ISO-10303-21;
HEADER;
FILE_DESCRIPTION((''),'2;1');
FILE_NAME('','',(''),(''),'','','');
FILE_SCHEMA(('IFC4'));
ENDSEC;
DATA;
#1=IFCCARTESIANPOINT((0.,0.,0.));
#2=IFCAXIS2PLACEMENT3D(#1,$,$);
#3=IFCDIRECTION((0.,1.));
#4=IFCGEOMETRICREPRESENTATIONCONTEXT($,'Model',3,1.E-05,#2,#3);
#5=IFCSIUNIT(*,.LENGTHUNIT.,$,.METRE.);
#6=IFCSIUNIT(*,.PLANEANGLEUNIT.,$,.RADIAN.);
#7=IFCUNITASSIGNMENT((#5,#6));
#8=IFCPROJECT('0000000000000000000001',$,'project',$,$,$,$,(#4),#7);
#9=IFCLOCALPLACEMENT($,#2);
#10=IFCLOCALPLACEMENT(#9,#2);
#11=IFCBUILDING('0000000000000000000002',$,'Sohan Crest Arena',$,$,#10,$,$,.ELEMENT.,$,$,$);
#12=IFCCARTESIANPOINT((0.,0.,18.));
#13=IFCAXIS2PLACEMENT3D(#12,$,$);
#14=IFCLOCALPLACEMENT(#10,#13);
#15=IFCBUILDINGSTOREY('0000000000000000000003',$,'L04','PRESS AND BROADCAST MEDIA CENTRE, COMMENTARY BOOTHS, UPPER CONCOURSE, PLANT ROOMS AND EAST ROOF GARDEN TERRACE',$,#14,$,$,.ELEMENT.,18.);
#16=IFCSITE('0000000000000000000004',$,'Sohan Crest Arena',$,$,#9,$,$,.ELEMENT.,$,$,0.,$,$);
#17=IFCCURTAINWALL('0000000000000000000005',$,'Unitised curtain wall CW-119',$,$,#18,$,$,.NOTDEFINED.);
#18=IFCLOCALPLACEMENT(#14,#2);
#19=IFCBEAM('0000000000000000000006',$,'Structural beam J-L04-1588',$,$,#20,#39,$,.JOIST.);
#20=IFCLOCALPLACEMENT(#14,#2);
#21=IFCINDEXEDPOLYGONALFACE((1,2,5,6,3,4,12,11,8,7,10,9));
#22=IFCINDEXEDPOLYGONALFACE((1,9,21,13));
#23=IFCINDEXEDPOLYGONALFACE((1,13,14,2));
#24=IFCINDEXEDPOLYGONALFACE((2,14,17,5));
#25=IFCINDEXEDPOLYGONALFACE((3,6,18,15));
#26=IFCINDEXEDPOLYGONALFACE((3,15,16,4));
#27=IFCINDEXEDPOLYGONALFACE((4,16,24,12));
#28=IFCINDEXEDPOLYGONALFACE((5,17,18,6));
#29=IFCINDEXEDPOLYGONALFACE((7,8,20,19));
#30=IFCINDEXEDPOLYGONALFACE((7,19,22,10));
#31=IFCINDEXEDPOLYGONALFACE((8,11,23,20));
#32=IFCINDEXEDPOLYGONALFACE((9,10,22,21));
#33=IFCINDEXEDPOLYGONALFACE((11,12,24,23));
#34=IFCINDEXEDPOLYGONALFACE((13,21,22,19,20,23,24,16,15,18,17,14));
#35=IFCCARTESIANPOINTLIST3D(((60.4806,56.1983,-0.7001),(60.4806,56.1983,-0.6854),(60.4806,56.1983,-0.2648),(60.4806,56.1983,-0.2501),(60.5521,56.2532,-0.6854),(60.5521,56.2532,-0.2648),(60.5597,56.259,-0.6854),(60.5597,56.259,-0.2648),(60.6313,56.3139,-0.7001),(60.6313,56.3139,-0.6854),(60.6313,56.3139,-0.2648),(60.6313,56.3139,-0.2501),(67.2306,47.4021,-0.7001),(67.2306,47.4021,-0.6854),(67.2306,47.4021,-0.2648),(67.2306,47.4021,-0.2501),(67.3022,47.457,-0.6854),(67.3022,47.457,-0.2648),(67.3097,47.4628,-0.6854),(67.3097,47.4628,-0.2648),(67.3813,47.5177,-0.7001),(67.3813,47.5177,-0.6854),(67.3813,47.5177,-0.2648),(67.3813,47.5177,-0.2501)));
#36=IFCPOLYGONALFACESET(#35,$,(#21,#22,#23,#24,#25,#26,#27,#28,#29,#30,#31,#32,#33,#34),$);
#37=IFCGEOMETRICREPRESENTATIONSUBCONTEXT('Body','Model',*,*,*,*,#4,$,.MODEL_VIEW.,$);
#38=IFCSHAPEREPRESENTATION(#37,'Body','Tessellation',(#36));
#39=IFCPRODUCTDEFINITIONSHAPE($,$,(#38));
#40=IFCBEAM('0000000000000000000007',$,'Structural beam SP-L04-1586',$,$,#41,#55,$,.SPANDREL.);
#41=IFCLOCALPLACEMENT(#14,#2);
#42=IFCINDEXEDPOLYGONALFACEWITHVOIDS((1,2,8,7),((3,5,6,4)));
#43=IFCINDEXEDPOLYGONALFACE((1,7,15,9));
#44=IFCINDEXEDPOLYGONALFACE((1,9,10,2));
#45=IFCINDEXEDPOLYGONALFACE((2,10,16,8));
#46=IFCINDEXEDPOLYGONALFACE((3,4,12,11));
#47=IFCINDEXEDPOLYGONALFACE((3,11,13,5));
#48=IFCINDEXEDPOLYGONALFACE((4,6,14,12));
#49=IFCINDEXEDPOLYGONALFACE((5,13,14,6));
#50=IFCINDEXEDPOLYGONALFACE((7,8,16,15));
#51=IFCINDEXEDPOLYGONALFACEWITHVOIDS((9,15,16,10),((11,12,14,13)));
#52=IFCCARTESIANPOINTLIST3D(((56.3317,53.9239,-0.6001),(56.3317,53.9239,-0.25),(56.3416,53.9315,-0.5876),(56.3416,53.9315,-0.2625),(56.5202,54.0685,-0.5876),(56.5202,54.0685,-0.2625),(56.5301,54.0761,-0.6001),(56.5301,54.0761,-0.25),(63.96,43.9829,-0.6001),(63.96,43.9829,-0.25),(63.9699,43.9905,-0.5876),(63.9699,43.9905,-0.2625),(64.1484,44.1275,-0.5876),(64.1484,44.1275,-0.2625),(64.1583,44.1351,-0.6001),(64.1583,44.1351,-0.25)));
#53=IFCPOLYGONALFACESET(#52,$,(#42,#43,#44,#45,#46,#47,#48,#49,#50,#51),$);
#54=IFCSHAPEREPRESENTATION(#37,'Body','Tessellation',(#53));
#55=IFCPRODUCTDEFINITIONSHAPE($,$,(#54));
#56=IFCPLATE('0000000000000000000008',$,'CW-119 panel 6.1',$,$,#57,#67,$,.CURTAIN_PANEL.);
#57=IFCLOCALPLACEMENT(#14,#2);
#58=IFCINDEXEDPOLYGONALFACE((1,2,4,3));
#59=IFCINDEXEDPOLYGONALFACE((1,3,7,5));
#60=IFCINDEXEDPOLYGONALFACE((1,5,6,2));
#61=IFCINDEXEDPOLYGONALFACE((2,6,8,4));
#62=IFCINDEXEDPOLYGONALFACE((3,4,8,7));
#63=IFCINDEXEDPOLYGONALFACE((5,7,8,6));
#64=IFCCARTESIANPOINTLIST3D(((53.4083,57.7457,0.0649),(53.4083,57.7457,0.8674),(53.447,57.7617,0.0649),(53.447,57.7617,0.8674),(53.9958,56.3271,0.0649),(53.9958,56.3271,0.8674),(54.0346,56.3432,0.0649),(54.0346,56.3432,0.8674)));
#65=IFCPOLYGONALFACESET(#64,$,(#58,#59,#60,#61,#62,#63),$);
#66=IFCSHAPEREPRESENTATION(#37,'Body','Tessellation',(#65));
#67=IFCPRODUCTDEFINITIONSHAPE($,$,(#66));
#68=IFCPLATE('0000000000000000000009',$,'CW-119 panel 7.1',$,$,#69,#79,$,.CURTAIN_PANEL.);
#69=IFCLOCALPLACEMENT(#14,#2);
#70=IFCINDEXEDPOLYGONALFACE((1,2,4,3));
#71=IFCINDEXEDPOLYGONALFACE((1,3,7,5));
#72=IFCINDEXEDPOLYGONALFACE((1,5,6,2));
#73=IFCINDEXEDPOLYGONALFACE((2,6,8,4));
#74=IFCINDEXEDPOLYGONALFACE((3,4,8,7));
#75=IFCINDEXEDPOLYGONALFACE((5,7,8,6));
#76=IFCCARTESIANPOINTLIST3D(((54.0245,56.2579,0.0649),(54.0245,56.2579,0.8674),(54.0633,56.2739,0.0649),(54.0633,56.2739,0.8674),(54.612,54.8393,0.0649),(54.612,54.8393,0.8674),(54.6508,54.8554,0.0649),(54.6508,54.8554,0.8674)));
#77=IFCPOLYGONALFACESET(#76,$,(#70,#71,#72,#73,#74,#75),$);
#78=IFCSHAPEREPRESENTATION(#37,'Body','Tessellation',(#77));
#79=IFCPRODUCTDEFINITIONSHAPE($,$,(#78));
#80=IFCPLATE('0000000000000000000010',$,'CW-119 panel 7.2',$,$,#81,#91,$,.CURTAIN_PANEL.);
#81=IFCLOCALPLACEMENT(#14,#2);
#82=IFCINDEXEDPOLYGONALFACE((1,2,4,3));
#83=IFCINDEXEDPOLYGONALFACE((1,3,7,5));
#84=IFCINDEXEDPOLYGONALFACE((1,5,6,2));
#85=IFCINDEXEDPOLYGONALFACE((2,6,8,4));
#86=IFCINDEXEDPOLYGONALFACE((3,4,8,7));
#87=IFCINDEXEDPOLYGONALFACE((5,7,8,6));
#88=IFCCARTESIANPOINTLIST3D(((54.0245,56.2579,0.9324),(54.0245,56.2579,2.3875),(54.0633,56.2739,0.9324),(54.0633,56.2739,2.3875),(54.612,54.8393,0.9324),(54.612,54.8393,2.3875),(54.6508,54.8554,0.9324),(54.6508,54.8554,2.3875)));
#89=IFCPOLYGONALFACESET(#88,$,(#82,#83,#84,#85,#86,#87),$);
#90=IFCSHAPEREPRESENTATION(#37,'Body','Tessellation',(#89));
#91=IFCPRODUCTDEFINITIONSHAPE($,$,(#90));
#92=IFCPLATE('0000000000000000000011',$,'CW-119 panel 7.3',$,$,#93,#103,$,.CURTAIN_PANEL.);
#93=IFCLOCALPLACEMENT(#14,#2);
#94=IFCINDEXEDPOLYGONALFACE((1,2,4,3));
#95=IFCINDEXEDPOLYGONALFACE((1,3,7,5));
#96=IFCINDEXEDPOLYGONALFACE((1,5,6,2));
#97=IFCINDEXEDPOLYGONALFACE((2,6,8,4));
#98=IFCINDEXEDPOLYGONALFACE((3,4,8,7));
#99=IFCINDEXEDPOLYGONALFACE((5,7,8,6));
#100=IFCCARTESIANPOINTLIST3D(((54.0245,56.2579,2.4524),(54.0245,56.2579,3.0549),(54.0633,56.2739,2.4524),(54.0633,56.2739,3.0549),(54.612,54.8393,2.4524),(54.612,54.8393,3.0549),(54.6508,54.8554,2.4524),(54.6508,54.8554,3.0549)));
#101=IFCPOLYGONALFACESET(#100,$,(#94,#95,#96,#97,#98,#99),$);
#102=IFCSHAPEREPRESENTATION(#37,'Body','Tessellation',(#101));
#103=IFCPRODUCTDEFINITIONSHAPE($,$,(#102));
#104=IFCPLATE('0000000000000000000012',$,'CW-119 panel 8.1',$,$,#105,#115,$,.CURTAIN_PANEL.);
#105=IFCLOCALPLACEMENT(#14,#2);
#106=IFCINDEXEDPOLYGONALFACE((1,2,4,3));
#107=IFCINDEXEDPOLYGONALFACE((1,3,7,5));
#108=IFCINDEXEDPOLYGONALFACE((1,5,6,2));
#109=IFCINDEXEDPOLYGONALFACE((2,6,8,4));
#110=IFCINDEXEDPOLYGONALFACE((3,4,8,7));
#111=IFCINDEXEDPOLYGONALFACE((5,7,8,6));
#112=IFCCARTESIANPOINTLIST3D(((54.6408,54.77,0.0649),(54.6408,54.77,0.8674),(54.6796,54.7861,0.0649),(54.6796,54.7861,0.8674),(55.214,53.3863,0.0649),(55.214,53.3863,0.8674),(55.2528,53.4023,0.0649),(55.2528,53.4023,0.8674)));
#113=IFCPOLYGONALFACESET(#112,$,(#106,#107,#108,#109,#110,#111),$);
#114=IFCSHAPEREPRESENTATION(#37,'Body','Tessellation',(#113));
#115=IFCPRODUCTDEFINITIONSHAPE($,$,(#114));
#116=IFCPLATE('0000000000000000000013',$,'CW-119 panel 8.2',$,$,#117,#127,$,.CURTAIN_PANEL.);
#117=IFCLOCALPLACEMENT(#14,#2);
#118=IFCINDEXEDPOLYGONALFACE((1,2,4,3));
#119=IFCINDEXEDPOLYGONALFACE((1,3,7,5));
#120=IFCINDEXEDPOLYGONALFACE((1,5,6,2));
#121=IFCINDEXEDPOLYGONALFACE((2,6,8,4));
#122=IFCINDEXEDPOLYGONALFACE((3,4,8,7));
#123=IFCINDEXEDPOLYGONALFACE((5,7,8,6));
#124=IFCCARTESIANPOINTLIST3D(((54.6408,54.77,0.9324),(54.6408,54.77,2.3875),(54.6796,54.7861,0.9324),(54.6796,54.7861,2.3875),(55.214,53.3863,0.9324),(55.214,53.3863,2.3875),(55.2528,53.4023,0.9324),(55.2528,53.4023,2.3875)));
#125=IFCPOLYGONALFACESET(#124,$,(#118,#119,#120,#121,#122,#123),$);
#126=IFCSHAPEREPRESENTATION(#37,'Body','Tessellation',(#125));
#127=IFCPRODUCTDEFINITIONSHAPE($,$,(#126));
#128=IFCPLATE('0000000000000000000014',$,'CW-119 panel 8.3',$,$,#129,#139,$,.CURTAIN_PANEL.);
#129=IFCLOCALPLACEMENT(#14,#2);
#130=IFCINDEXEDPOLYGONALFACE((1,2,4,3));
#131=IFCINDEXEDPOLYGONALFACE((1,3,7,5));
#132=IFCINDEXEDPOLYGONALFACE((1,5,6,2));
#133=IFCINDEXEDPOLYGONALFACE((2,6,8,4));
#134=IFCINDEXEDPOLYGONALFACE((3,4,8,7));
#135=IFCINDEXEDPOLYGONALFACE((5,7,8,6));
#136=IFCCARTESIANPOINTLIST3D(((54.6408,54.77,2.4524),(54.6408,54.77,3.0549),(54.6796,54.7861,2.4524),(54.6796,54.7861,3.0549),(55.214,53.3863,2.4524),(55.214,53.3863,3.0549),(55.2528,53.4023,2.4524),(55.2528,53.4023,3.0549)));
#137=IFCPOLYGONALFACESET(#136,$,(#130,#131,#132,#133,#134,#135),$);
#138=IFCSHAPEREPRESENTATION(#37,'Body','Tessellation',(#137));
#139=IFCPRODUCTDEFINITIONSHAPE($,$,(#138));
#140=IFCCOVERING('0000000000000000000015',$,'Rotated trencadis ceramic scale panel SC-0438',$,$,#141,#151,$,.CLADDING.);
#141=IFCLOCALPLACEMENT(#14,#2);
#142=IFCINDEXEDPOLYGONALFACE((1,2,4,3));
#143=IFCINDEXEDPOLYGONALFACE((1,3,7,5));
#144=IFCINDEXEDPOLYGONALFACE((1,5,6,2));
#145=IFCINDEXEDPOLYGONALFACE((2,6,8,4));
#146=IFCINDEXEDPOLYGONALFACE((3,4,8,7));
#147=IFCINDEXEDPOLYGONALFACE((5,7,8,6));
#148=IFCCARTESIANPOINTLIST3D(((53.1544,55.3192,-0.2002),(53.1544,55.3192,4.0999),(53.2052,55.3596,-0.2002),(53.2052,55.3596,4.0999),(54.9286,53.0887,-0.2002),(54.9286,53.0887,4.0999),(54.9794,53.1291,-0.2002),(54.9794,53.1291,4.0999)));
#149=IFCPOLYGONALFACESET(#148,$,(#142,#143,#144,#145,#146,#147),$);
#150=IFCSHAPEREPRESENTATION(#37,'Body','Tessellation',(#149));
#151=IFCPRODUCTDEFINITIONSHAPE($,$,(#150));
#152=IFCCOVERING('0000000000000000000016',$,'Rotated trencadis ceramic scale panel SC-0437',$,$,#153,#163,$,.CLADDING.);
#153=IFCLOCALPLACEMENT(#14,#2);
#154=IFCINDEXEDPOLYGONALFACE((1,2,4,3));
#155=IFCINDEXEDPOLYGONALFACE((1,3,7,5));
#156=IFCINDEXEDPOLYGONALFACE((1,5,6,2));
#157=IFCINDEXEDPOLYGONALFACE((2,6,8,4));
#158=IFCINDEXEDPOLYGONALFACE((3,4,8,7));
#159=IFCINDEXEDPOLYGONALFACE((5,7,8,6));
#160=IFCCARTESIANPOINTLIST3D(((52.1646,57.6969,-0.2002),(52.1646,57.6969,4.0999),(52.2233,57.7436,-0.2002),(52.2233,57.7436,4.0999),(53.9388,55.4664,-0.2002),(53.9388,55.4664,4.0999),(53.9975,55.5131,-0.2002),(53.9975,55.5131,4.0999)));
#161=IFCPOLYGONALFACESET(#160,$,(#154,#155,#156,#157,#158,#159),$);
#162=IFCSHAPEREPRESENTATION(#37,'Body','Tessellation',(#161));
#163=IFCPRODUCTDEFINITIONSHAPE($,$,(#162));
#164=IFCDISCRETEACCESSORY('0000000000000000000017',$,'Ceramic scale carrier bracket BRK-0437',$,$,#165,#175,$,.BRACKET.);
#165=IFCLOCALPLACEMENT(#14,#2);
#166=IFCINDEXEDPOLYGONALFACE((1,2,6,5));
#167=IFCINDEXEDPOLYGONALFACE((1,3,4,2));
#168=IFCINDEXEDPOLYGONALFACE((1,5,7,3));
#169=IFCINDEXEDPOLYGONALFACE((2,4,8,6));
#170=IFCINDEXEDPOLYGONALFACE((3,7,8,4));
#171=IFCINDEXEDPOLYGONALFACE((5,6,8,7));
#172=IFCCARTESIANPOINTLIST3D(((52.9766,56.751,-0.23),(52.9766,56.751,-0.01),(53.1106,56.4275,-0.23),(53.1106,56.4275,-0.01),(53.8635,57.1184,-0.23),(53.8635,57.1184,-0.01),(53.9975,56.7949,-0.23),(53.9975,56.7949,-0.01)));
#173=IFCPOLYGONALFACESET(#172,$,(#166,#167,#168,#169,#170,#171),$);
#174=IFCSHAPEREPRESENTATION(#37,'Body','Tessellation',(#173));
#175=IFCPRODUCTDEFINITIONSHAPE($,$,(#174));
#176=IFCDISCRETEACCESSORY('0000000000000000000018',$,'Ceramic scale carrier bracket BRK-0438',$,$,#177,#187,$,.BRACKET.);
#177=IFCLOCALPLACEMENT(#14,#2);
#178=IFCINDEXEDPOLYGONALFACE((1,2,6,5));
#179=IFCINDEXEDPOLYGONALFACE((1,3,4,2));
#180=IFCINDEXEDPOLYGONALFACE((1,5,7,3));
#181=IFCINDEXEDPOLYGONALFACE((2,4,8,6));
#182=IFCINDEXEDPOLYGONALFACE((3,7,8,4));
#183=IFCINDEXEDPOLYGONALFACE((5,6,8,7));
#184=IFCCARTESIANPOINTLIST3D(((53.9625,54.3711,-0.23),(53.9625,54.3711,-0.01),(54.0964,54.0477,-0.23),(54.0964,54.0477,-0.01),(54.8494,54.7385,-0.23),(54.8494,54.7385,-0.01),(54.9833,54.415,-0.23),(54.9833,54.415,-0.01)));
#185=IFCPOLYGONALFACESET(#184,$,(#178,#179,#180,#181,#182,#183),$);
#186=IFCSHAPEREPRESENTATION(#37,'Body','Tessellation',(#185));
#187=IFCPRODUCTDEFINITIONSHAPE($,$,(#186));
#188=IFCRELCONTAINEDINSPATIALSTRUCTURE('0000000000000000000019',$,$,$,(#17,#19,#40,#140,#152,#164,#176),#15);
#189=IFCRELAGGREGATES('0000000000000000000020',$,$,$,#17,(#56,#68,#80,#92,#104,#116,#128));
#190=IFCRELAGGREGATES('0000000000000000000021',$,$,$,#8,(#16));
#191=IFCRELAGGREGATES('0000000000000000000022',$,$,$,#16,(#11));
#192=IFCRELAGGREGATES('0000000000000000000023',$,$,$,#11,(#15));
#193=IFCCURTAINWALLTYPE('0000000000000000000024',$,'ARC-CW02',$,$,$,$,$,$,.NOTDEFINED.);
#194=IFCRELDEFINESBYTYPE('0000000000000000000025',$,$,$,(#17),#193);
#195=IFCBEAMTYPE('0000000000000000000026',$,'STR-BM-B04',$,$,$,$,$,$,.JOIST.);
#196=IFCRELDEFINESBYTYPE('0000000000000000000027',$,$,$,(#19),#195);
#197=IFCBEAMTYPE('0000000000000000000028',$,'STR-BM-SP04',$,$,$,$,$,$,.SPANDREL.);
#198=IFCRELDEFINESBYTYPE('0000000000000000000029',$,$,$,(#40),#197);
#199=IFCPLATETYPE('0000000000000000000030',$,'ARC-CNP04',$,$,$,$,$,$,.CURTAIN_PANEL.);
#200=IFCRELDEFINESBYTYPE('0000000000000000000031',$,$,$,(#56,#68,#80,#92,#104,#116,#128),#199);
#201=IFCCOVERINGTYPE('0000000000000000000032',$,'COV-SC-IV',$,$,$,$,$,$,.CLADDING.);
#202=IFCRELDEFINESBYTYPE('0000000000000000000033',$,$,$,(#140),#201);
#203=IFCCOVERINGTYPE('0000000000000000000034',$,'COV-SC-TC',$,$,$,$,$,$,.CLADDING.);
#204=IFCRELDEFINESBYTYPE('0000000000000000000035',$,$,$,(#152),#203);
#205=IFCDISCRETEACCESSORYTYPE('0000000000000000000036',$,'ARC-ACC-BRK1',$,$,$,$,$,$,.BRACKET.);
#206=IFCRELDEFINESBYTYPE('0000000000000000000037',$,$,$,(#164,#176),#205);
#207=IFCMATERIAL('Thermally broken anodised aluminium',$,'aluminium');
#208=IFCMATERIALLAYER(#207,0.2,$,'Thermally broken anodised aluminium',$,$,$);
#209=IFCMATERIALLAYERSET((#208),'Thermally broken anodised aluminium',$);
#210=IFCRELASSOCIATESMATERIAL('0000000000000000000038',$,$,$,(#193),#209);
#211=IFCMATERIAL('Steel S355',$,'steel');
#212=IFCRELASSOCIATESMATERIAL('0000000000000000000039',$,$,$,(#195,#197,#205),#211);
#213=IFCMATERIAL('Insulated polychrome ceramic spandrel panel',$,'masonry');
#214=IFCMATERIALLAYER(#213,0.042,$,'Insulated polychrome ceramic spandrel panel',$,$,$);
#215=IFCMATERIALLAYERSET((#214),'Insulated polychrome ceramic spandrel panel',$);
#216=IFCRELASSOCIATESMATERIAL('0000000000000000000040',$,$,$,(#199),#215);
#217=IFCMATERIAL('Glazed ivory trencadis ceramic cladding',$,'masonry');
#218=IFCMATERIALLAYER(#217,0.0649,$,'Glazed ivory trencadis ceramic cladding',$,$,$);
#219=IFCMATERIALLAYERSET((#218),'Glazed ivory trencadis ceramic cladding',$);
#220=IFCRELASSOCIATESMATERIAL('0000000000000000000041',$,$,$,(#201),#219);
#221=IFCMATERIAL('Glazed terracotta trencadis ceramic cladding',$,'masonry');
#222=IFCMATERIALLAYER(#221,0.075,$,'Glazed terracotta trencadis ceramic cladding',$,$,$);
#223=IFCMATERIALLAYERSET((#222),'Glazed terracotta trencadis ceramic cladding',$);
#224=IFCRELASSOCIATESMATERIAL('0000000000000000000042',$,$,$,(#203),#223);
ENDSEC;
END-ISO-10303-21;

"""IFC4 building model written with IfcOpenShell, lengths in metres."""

from ifc_helpers import new_model, si_unit, direction, frame, origin, origin_2d, place, context, subcontext, project, spatial, rectangle, hollow_rectangle, i_section, extrude, material, layer, layer_set, material_profile, profile_set, type_object, element, aggregate, save


model = new_model("IFC4")

# Units and contexts
model_context = context("Model", 3, precision=1e-05, world=origin(), true_north=direction((0.0, 1.0)))
body_context = subcontext(model_context, "Body", "Model", "MODEL_VIEW")
ifc_project = project(units=[si_unit("LENGTHUNIT", "METRE"), si_unit("PLANEANGLEUNIT", "RADIAN")], contexts=[model_context])

# Site, building, storey
site_placement = place(None, origin())
site = spatial("IfcSite", under=ifc_project, at=site_placement, Name="Sohan Crest Arena", CompositionType="ELEMENT", RefElevation=0.0)
building_placement = place(site_placement, origin())
building = spatial("IfcBuilding", under=site, at=building_placement, Name="Sohan Crest Arena", CompositionType="ELEMENT")
storey_placement = place(building_placement, frame((0.0, 0.0, 18.0)))
storey = spatial("IfcBuildingStorey", under=building, at=storey_placement, Name="L04", Description="PRESS AND BROADCAST MEDIA CENTRE, COMMENTARY BOOTHS, UPPER CONCOURSE, PLANT ROOMS AND EAST ROOF GARDEN TERRACE", CompositionType="ELEMENT", Elevation=18.0)

# Shared definitions
ifc_material_1 = material(Name="Steel S355", Category="steel")

# Shared definitions
ifc_material_2 = material(Name="Thermally broken anodised aluminium", Category="aluminium")

# Curtain wall
ifc_layer_1 = layer(ifc_material_2, 0.2, Name="Thermally broken anodised aluminium")
ifc_layer_set_1 = layer_set([ifc_layer_1], Name="Thermally broken anodised aluminium")
curtain_wall_type_1 = type_object("IfcCurtainWallType", Name="ARC-CW02", PredefinedType="NOTDEFINED", material=ifc_layer_set_1)
curtain_wall_1_placement = place(storey_placement, origin())
curtain_wall_1 = element("IfcCurtainWall", 1, at=curtain_wall_1_placement, inside=storey, type_object=curtain_wall_type_1, Name="Unitised curtain wall CW-119", PredefinedType="NOTDEFINED")

# Beams
ifc_material_profile_1 = material_profile(ifc_material_1, i_section(OverallWidth=0.1899, OverallDepth=0.45, WebThickness=0.0095, FlangeThickness=0.0146, at=origin_2d()), Name="IPE 450")
ifc_profile_set_1 = profile_set([ifc_material_profile_1], Name="Steel S355")
beam_type_1 = type_object("IfcBeamType", Name="STR-BM-B04", PredefinedType="JOIST", material=ifc_profile_set_1)
beam_1_placement = place(storey_placement, frame((60.5559, 56.2561, -0.4751), z_axis=(0.608789, -0.793332, 0.0), x_axis=(0.793332, 0.608789, 0.0)))
element("IfcBeam", 2, at=beam_1_placement, inside=storey, type_object=beam_type_1, Name="Structural beam J-L04-1588", PredefinedType="JOIST", context=body_context, shape_type="SweptSolid", body=[
    extrude(i_section(OverallWidth=0.1899, OverallDepth=0.45, WebThickness=0.0095, FlangeThickness=0.0146, at=origin_2d()), origin(), (0.0, 0.0, 1.0), 11.0876),
])
ifc_material_profile_2 = material_profile(ifc_material_1, hollow_rectangle(XDim=0.25, YDim=0.3501, WallThickness=0.0125, at=origin_2d()), Name="RHS 350x250x12.5")
ifc_profile_set_2 = profile_set([ifc_material_profile_2], Name="Steel S355")
beam_type_2 = type_object("IfcBeamType", Name="STR-BM-SP04", PredefinedType="SPANDREL", material=ifc_profile_set_2)
beam_2_placement = place(storey_placement, frame((56.4309, 54.0, -0.425), z_axis=(0.608773, -0.793344, 0.0), x_axis=(0.793344, 0.608773, 0.0)))
element("IfcBeam", 3, at=beam_2_placement, inside=storey, type_object=beam_type_2, Name="Structural beam SP-L04-1586", PredefinedType="SPANDREL", context=body_context, shape_type="SweptSolid", body=[
    extrude(hollow_rectangle(XDim=0.25, YDim=0.3501, WallThickness=0.0125, at=origin_2d()), origin(), (0.0, 0.0, 1.0), 12.5305),
])

# Plates
ifc_material_3 = material(Name="Insulated polychrome ceramic spandrel panel", Category="masonry")
ifc_layer_2 = layer(ifc_material_3, 0.042, Name="Insulated polychrome ceramic spandrel panel")
ifc_layer_set_2 = layer_set([ifc_layer_2], Name="Insulated polychrome ceramic spandrel panel")
plate_type = type_object("IfcPlateType", Name="ARC-CNP04", PredefinedType="CURTAIN_PANEL", material=ifc_layer_set_2)
plate_1_placement = place(storey_placement, frame((53.7214, 57.0444, 0.0649), z_axis=(0.0, 0.0, 1.0), x_axis=(0.382685, -0.923879, 0.0)))
plate_1 = element("IfcPlate", 4, at=plate_1_placement, type_object=plate_type, Name="CW-119 panel 6.1", PredefinedType="CURTAIN_PANEL", context=body_context, shape_type="SweptSolid", body=[
    extrude(rectangle(XDim=1.5354, YDim=0.042, at=origin_2d()), origin(), (0.0, 0.0, 1.0), 0.8025),
])
plate_2_placement = place(storey_placement, frame((54.3376, 55.5566, 0.0649), z_axis=(0.0, 0.0, 1.0), x_axis=(0.382685, -0.923879, 0.0)))
plate_2 = element("IfcPlate", 5, at=plate_2_placement, type_object=plate_type, Name="CW-119 panel 7.1", PredefinedType="CURTAIN_PANEL", context=body_context, shape_type="SweptSolid", body=[
    extrude(rectangle(XDim=1.5354, YDim=0.042, at=origin_2d()), origin(), (0.0, 0.0, 1.0), 0.8025),
])
plate_3_placement = place(storey_placement, frame((54.3376, 55.5566, 0.9324), z_axis=(0.0, 0.0, 1.0), x_axis=(0.382685, -0.923879, 0.0)))
plate_3 = element("IfcPlate", 6, at=plate_3_placement, type_object=plate_type, Name="CW-119 panel 7.2", PredefinedType="CURTAIN_PANEL", context=body_context, shape_type="SweptSolid", body=[
    extrude(rectangle(XDim=1.5354, YDim=0.042, at=origin_2d()), origin(), (0.0, 0.0, 1.0), 1.4551),
])
plate_4_placement = place(storey_placement, frame((54.3376, 55.5566, 2.4524), z_axis=(0.0, 0.0, 1.0), x_axis=(0.382685, -0.923879, 0.0)))
plate_4 = element("IfcPlate", 7, at=plate_4_placement, type_object=plate_type, Name="CW-119 panel 7.3", PredefinedType="CURTAIN_PANEL", context=body_context, shape_type="SweptSolid", body=[
    extrude(rectangle(XDim=1.5354, YDim=0.042, at=origin_2d()), origin(), (0.0, 0.0, 1.0), 0.6025),
])
plate_5_placement = place(storey_placement, frame((54.9468, 54.0862, 0.0649), z_axis=(0.0, 0.0, 1.0), x_axis=(0.382685, -0.923879, 0.0)))
plate_5 = element("IfcPlate", 8, at=plate_5_placement, type_object=plate_type, Name="CW-119 panel 8.1", PredefinedType="CURTAIN_PANEL", context=body_context, shape_type="SweptSolid", body=[
    extrude(rectangle(XDim=1.4978, YDim=0.042, at=origin_2d()), origin(), (0.0, 0.0, 1.0), 0.8025),
])
plate_6_placement = place(storey_placement, frame((54.9468, 54.0862, 0.9324), z_axis=(0.0, 0.0, 1.0), x_axis=(0.382685, -0.923879, 0.0)))
plate_6 = element("IfcPlate", 9, at=plate_6_placement, type_object=plate_type, Name="CW-119 panel 8.2", PredefinedType="CURTAIN_PANEL", context=body_context, shape_type="SweptSolid", body=[
    extrude(rectangle(XDim=1.4978, YDim=0.042, at=origin_2d()), origin(), (0.0, 0.0, 1.0), 1.4551),
])
plate_7_placement = place(storey_placement, frame((54.9468, 54.0862, 2.4524), z_axis=(0.0, 0.0, 1.0), x_axis=(0.382685, -0.923879, 0.0)))
plate_7 = element("IfcPlate", 10, at=plate_7_placement, type_object=plate_type, Name="CW-119 panel 8.3", PredefinedType="CURTAIN_PANEL", context=body_context, shape_type="SweptSolid", body=[
    extrude(rectangle(XDim=1.4978, YDim=0.042, at=origin_2d()), origin(), (0.0, 0.0, 1.0), 0.6025),
])
aggregate(curtain_wall_1, [plate_1, plate_2, plate_3, plate_4, plate_5, plate_6, plate_7])

# Coverings
ifc_material_4 = material(Name="Glazed ivory trencadis ceramic cladding", Category="masonry")
ifc_layer_3 = layer(ifc_material_4, 0.0649, Name="Glazed ivory trencadis ceramic cladding")
ifc_layer_set_3 = layer_set([ifc_layer_3], Name="Glazed ivory trencadis ceramic cladding")
covering_type_1 = type_object("IfcCoveringType", Name="COV-SC-IV", PredefinedType="CLADDING", material=ifc_layer_set_3)
covering_1_placement = place(storey_placement, frame((54.0669, 54.2241, -0.2002), z_axis=(0.0, 0.0, 1.0), x_axis=(0.622515, -0.782608, 0.0)))
element("IfcCovering", 11, at=covering_1_placement, inside=storey, type_object=covering_type_1, Name="Rotated trencadis ceramic scale panel SC-0438", PredefinedType="CLADDING", context=body_context, shape_type="SweptSolid", body=[
    extrude(rectangle(XDim=2.8501, YDim=0.0649, at=origin_2d()), origin(), (0.0, 0.0, 1.0), 4.3),
])
ifc_material_5 = material(Name="Glazed terracotta trencadis ceramic cladding", Category="masonry")
ifc_layer_4 = layer(ifc_material_5, 0.075, Name="Glazed terracotta trencadis ceramic cladding")
ifc_layer_set_4 = layer_set([ifc_layer_4], Name="Glazed terracotta trencadis ceramic cladding")
covering_type_2 = type_object("IfcCoveringType", Name="COV-SC-TC", PredefinedType="CLADDING", material=ifc_layer_set_4)
covering_2_placement = place(storey_placement, frame((53.0811, 56.605, -0.2002), z_axis=(0.0, 0.0, 1.0), x_axis=(0.622515, -0.782608, 0.0)))
element("IfcCovering", 12, at=covering_2_placement, inside=storey, type_object=covering_type_2, Name="Rotated trencadis ceramic scale panel SC-0437", PredefinedType="CLADDING", context=body_context, shape_type="SweptSolid", body=[
    extrude(rectangle(XDim=2.8501, YDim=0.075, at=origin_2d()), origin(), (0.0, 0.0, 1.0), 4.3),
])

# Discrete accessories
discrete_accessory_type = type_object("IfcDiscreteAccessoryType", Name="ARC-ACC-BRK1", PredefinedType="BRACKET", material=ifc_material_1)
for number, where, z_axis, x_axis, name in (
    (13, (53.4871, 56.7729, -0.23), (0.0, 0.0, 1.0), (0.382683, -0.92388, 0.0), "Ceramic scale carrier bracket BRK-0437"),
    (14, (54.4729, 54.3931, -0.23), (0.0, 0.0, 1.0), (0.382683, -0.92388, 0.0), "Ceramic scale carrier bracket BRK-0438"),
):
    element("IfcDiscreteAccessory", number, at=place(storey_placement, frame(where, z_axis=z_axis, x_axis=x_axis)), inside=storey, type_object=discrete_accessory_type, Name=name, PredefinedType="BRACKET", context=body_context, shape_type="SweptSolid", body=[
        extrude(rectangle(XDim=0.3501, YDim=0.96, at=origin_2d()), origin(), (0.0, 0.0, 1.0), 0.22),
    ])

save(model, "model.ifc")
